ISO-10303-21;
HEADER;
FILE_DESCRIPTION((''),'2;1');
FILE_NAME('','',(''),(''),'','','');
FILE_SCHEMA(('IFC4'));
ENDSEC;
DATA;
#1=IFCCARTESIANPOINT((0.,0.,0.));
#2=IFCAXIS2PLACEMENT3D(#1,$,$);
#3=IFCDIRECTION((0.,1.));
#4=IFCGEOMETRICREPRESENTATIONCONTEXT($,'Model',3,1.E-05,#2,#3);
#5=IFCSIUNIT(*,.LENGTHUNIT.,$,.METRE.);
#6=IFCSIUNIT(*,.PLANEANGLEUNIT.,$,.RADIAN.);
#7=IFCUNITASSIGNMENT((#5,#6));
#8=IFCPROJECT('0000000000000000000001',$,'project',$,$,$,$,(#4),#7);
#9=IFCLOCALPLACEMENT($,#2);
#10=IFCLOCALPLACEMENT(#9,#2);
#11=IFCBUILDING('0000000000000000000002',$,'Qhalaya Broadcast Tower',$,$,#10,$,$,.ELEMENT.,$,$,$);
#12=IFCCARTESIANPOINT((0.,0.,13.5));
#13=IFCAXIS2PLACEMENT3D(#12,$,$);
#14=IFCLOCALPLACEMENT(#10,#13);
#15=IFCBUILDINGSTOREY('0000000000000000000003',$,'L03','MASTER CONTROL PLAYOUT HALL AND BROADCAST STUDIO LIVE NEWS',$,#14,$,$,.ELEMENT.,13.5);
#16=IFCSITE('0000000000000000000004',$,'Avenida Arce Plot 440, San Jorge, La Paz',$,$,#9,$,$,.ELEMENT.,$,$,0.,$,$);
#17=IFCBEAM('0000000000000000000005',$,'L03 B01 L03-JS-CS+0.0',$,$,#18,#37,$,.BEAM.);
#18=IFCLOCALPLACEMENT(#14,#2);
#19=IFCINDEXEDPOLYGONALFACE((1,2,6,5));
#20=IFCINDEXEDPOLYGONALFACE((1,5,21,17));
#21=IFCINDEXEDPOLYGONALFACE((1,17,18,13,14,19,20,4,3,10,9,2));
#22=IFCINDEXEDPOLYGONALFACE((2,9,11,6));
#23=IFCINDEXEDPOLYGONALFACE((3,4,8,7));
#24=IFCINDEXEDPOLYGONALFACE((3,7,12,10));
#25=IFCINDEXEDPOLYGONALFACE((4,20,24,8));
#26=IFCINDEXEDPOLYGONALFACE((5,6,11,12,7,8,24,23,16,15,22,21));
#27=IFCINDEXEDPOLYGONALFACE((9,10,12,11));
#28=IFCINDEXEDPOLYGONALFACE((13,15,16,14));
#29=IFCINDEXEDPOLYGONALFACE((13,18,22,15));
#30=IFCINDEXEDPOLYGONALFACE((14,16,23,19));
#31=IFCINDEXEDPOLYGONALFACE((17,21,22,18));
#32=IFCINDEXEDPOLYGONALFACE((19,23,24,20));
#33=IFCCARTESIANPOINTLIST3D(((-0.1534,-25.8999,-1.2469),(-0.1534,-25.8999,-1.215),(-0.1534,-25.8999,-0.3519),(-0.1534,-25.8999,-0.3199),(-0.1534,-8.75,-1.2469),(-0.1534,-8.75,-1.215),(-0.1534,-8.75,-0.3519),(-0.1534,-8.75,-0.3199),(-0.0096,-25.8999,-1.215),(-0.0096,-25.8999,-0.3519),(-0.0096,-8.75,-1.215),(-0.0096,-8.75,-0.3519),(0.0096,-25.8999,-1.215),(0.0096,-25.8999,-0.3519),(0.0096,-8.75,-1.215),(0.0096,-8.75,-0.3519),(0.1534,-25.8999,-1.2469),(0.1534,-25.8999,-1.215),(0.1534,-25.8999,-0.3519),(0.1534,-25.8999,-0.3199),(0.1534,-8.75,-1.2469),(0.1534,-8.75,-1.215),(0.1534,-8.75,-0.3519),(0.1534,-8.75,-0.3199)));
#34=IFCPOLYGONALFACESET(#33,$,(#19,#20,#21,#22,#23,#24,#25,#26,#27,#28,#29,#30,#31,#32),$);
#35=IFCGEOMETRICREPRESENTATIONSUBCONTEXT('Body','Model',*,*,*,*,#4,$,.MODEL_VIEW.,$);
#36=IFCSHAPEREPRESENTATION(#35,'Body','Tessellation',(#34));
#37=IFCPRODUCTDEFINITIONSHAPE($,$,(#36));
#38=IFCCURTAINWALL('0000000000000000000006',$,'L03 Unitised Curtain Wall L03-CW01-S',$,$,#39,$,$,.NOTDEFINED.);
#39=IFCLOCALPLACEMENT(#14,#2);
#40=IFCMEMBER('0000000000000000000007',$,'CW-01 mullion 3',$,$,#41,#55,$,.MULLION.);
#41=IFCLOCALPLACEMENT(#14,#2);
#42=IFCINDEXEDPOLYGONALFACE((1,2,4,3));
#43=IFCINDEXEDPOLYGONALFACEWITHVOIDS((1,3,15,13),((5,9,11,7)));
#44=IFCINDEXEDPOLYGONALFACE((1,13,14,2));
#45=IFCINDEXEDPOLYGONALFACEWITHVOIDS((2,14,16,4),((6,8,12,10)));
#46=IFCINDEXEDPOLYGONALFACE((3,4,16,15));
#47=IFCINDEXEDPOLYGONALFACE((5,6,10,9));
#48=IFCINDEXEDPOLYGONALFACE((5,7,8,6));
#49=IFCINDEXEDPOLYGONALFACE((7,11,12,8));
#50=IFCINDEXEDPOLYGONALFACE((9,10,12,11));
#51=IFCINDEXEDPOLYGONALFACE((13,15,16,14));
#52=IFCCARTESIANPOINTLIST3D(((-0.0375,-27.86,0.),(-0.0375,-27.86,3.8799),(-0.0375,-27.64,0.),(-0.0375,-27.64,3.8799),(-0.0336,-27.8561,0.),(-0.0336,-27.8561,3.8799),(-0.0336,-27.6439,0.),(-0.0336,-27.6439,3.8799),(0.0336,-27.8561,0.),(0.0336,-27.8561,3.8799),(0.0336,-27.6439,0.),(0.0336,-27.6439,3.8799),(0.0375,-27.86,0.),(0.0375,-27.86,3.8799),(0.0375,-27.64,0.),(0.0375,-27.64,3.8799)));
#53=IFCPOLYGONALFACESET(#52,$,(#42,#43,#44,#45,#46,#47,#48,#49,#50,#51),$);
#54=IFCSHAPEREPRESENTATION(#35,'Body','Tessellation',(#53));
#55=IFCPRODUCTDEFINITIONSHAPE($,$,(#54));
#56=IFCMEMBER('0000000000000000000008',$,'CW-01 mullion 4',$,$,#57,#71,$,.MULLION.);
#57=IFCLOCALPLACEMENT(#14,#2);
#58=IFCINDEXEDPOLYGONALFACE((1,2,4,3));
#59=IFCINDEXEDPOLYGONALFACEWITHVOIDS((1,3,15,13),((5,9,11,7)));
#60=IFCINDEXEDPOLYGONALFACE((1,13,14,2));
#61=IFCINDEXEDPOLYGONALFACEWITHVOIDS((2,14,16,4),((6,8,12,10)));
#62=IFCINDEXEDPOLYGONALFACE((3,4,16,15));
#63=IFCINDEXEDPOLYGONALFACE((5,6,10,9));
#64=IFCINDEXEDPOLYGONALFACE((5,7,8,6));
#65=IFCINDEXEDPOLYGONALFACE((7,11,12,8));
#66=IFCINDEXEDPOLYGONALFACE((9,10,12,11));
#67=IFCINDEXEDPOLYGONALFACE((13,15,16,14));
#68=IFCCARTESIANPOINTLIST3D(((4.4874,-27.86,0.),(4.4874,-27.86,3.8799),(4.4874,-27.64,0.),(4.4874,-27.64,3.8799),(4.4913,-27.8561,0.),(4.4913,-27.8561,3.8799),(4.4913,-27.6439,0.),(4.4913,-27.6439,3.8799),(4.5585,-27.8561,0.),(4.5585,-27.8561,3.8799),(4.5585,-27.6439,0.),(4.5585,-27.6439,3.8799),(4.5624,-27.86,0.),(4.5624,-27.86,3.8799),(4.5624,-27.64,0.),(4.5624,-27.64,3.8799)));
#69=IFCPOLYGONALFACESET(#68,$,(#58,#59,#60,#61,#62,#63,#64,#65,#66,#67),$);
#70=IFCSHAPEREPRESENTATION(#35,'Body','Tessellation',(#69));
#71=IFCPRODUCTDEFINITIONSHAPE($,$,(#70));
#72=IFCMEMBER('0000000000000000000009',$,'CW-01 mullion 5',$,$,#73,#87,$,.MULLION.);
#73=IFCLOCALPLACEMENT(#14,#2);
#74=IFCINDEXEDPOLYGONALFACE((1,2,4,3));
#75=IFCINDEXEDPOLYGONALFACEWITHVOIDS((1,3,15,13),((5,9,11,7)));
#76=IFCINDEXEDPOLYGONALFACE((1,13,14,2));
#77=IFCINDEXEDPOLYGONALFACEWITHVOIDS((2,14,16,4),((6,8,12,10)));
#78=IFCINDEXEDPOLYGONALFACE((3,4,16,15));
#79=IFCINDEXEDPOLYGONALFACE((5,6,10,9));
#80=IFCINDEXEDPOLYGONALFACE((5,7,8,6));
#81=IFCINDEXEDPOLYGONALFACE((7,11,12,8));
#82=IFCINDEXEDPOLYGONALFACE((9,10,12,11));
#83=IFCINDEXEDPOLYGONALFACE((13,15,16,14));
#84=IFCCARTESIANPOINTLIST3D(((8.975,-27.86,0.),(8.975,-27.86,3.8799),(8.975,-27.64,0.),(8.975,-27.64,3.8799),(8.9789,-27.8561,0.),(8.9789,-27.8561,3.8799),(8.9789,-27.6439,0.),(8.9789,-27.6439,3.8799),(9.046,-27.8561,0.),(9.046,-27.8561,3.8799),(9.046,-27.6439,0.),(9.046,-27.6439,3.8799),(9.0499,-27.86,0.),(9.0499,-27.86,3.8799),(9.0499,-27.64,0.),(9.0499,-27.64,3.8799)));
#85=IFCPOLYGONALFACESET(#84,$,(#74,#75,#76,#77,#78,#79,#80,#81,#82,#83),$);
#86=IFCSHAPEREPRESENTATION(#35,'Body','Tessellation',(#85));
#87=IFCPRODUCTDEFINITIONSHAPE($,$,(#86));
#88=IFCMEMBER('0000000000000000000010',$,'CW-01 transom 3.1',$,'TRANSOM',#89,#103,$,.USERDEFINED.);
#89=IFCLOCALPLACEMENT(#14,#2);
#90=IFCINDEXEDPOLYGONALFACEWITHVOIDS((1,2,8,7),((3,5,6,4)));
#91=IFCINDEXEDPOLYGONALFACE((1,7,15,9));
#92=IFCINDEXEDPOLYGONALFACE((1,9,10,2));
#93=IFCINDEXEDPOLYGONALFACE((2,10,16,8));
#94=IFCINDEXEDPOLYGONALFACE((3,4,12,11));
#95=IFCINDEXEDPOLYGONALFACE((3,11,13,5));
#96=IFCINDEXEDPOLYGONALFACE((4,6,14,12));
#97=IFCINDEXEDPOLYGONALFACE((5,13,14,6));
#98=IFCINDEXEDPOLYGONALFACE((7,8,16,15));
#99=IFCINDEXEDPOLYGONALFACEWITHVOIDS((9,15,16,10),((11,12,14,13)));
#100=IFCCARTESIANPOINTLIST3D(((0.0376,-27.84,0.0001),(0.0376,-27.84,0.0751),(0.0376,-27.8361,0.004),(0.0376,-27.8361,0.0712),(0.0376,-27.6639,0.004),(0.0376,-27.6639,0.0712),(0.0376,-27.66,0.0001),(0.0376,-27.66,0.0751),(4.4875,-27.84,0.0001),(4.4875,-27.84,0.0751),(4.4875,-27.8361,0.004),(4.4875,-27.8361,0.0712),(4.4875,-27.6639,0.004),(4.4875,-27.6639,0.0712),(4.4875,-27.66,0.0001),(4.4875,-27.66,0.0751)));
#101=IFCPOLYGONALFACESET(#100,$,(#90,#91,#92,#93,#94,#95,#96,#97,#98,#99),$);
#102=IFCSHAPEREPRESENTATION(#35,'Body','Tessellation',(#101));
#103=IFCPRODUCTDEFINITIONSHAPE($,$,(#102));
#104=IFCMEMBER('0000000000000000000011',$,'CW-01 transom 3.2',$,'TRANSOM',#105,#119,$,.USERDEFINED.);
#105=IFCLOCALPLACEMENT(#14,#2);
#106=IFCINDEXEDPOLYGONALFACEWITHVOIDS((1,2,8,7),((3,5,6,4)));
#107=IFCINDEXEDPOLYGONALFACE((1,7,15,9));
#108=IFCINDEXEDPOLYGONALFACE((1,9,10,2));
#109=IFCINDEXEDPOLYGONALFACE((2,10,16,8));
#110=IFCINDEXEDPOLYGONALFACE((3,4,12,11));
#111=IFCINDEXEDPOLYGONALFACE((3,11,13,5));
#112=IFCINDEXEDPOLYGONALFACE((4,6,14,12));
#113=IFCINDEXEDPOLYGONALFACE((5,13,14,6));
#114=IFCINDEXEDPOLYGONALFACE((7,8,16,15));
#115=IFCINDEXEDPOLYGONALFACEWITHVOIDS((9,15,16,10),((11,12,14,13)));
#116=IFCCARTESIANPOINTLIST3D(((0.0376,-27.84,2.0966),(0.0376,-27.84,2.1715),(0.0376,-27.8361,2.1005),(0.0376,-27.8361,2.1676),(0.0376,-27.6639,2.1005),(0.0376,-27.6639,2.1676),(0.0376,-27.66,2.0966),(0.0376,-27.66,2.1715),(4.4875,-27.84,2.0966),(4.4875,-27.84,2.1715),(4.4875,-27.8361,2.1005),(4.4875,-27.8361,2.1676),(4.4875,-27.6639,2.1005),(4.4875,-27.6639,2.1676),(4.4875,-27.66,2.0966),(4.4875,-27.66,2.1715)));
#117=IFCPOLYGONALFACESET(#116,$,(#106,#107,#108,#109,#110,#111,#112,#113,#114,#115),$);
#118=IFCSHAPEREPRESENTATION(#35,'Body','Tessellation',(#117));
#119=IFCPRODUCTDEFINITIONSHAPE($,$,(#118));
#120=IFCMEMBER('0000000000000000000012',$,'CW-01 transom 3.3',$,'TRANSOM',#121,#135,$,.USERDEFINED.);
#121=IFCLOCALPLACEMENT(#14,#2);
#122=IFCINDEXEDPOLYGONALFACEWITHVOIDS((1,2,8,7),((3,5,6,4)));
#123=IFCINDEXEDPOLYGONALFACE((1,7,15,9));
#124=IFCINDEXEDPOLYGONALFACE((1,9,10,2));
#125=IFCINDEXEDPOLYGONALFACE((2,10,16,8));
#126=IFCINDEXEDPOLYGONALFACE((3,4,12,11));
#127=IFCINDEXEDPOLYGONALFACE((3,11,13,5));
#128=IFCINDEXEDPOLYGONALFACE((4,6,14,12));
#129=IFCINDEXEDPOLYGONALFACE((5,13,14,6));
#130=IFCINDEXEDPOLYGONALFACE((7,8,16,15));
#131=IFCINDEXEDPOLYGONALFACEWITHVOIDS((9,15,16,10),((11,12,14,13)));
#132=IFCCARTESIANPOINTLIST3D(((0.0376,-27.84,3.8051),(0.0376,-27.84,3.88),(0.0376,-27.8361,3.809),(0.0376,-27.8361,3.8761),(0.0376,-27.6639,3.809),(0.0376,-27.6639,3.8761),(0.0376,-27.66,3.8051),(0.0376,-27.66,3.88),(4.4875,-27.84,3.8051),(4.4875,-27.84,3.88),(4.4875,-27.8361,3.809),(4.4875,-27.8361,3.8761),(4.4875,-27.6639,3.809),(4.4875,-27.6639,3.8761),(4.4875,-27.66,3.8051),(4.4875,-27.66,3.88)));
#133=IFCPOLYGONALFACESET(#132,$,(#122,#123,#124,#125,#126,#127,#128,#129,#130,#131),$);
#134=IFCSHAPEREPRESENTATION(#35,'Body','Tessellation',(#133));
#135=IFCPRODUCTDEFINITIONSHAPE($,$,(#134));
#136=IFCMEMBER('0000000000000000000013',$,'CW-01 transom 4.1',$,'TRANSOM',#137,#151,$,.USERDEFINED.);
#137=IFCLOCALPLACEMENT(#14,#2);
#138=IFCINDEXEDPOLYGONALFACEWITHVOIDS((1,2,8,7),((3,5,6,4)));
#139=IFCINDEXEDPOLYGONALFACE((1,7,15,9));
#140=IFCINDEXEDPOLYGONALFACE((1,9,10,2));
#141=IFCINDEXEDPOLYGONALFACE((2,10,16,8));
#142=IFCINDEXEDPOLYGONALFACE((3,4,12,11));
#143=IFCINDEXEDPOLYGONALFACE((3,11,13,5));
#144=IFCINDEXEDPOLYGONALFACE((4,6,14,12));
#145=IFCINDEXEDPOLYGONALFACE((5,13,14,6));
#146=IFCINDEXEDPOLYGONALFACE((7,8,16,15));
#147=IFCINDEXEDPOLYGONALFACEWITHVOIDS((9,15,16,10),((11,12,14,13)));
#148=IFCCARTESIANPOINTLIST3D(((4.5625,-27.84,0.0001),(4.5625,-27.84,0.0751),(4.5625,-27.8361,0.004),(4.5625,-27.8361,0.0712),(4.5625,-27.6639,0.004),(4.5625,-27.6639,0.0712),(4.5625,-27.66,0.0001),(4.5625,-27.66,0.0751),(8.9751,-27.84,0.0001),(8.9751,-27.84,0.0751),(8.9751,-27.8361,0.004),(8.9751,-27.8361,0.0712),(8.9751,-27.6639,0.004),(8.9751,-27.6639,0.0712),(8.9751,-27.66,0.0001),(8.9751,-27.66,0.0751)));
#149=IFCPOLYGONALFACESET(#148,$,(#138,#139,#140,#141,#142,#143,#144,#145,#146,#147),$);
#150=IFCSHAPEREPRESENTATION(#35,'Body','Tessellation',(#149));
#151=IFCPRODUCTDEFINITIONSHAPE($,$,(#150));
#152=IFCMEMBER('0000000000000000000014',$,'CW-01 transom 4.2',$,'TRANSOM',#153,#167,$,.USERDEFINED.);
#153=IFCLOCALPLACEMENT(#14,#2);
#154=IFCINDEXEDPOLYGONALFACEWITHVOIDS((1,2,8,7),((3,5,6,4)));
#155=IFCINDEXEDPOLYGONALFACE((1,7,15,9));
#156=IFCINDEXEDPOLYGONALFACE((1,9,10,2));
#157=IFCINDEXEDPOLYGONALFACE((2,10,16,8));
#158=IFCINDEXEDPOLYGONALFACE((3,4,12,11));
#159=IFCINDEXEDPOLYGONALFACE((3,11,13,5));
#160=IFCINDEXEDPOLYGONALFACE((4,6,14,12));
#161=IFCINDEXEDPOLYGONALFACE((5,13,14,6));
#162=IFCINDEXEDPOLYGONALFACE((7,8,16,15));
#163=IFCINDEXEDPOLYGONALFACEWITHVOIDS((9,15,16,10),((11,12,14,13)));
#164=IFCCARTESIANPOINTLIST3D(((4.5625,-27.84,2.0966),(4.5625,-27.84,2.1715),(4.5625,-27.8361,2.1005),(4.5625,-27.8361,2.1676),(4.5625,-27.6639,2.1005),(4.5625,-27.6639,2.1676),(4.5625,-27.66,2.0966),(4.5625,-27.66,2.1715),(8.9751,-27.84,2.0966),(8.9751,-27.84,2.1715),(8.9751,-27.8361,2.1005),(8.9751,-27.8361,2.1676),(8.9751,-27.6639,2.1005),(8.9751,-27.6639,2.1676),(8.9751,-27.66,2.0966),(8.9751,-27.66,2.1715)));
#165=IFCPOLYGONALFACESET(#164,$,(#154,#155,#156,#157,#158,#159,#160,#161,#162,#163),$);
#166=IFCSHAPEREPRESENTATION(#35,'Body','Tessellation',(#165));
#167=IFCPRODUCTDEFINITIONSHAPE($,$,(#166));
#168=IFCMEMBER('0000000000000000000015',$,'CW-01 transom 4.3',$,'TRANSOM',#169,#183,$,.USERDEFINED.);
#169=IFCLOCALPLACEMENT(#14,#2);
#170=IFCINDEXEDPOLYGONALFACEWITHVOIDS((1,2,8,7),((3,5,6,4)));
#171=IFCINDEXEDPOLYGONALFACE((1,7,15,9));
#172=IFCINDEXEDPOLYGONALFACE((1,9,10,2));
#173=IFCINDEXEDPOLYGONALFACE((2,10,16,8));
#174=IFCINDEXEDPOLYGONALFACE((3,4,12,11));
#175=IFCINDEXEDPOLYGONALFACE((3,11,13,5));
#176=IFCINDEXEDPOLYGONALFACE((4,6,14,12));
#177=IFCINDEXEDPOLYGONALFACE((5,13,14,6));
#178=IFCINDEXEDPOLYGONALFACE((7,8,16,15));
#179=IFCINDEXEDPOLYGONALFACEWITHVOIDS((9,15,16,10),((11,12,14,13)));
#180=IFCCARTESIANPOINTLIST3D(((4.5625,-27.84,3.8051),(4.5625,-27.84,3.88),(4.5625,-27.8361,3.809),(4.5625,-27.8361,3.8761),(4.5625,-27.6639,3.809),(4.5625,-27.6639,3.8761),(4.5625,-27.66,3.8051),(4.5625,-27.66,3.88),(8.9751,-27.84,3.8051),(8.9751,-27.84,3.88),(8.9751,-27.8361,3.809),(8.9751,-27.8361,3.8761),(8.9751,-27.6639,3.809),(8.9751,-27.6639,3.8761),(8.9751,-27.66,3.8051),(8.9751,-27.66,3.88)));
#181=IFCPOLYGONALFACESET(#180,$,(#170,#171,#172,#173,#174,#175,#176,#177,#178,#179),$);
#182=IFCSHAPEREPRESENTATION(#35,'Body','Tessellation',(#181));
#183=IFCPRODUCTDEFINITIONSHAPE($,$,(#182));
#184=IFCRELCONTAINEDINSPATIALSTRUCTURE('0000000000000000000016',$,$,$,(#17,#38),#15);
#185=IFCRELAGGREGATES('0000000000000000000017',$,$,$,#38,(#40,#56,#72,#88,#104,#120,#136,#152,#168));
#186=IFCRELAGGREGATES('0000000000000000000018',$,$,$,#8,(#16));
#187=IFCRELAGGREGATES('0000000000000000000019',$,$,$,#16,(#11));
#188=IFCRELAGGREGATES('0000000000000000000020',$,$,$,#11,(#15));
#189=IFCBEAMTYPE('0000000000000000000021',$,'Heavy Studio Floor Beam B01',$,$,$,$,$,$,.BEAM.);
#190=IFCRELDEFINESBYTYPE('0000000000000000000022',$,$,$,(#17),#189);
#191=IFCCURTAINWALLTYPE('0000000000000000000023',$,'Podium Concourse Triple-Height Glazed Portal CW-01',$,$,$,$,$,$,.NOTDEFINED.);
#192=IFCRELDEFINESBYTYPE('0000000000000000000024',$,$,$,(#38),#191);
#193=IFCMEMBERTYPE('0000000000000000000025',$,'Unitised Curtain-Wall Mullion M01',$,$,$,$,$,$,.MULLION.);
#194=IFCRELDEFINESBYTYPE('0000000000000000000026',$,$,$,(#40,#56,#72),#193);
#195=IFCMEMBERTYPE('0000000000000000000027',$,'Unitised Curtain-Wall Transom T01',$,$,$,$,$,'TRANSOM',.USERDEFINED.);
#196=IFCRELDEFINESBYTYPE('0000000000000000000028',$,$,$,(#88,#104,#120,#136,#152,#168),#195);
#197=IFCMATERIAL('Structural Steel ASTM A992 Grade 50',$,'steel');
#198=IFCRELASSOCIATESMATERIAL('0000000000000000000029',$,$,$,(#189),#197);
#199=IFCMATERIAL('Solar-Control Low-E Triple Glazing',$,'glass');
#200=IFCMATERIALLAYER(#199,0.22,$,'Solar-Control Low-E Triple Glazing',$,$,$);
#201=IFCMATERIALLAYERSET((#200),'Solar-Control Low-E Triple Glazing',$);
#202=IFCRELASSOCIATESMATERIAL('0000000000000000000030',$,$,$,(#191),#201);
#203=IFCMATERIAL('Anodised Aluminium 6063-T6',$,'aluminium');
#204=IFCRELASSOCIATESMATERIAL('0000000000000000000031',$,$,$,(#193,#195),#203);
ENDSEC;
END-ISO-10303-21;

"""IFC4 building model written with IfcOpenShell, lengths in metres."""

from ifc_helpers import new_model, si_unit, direction, frame, origin, origin_2d, place, context, subcontext, project, spatial, hollow_rectangle, i_section, extrude, material, layer, layer_set, material_profile, profile_set, type_object, element, aggregate, save


model = new_model("IFC4")

# Units and contexts
model_context = context("Model", 3, precision=1e-05, world=origin(), true_north=direction((0.0, 1.0)))
body_context = subcontext(model_context, "Body", "Model", "MODEL_VIEW")
ifc_project = project(units=[si_unit("LENGTHUNIT", "METRE"), si_unit("PLANEANGLEUNIT", "RADIAN")], contexts=[model_context])

# Site, building, storey
site_placement = place(None, origin())
site = spatial("IfcSite", under=ifc_project, at=site_placement, Name="Avenida Arce Plot 440, San Jorge, La Paz", CompositionType="ELEMENT", RefElevation=0.0)
building_placement = place(site_placement, origin())
building = spatial("IfcBuilding", under=site, at=building_placement, Name="Qhalaya Broadcast Tower", CompositionType="ELEMENT")
storey_placement = place(building_placement, frame((0.0, 0.0, 13.5)))
storey = spatial("IfcBuildingStorey", under=building, at=storey_placement, Name="L03", Description="MASTER CONTROL PLAYOUT HALL AND BROADCAST STUDIO LIVE NEWS", CompositionType="ELEMENT", Elevation=13.5)

# Beam
ifc_material_1 = material(Name="Structural Steel ASTM A992 Grade 50", Category="steel")
ifc_material_profile_1 = material_profile(ifc_material_1, i_section(OverallWidth=0.3069, OverallDepth=0.927, WebThickness=0.0193, FlangeThickness=0.032, at=origin_2d()), Name="W36X194")
ifc_profile_set_1 = profile_set([ifc_material_profile_1], Name="Structural Steel ASTM A992 Grade 50")
beam_type = type_object("IfcBeamType", Name="Heavy Studio Floor Beam B01", PredefinedType="BEAM", material=ifc_profile_set_1)
beam_placement = place(storey_placement, frame((0.0, -25.8999, -0.7834), z_axis=(0.0, 1.0, 0.0), x_axis=(-1.0, 0.0, 0.0)))
element("IfcBeam", 1, at=beam_placement, inside=storey, type_object=beam_type, Name="L03 B01 L03-JS-CS+0.0", PredefinedType="BEAM", context=body_context, shape_type="SweptSolid", body=[
    extrude(i_section(OverallWidth=0.3069, OverallDepth=0.927, WebThickness=0.0193, FlangeThickness=0.032, at=origin_2d()), origin(), (0.0, 0.0, 1.0), 17.1499),
])

# Curtain wall, members
ifc_material_2 = material(Name="Solar-Control Low-E Triple Glazing", Category="glass")
ifc_layer_1 = layer(ifc_material_2, 0.22, Name="Solar-Control Low-E Triple Glazing")
ifc_layer_set_1 = layer_set([ifc_layer_1], Name="Solar-Control Low-E Triple Glazing")
curtain_wall_type = type_object("IfcCurtainWallType", Name="Podium Concourse Triple-Height Glazed Portal CW-01", PredefinedType="NOTDEFINED", material=ifc_layer_set_1)
curtain_wall_placement = place(storey_placement, origin())
curtain_wall = element("IfcCurtainWall", 2, at=curtain_wall_placement, inside=storey, type_object=curtain_wall_type, Name="L03 Unitised Curtain Wall L03-CW01-S", PredefinedType="NOTDEFINED")
ifc_material_3 = material(Name="Anodised Aluminium 6063-T6", Category="aluminium")
ifc_material_profile_2 = material_profile(ifc_material_3, hollow_rectangle(XDim=0.075, YDim=0.22, WallThickness=0.0039, at=origin_2d()), Name="ALU-MUL 75x220x4")
ifc_profile_set_2 = profile_set([ifc_material_profile_2], Name="Anodised Aluminium 6063-T6")
member_type_1 = type_object("IfcMemberType", Name="Unitised Curtain-Wall Mullion M01", PredefinedType="MULLION", material=ifc_profile_set_2)
member_1_placement = place(storey_placement, frame((0.0, -27.75, 0.0), z_axis=(0.0, 0.0, 1.0), x_axis=(1.0, 0.0, 0.0)))
member_1 = element("IfcMember", 3, at=member_1_placement, type_object=member_type_1, Name="CW-01 mullion 3", PredefinedType="MULLION", context=body_context, shape_type="SweptSolid", body=[
    extrude(hollow_rectangle(XDim=0.075, YDim=0.22, WallThickness=0.0039, at=origin_2d()), origin(), (0.0, 0.0, 1.0), 3.8799),
])
member_2_placement = place(storey_placement, frame((4.5249, -27.75, 0.0), z_axis=(0.0, 0.0, 1.0), x_axis=(1.0, 0.0, 0.0)))
member_2 = element("IfcMember", 4, at=member_2_placement, type_object=member_type_1, Name="CW-01 mullion 4", PredefinedType="MULLION", context=body_context, shape_type="SweptSolid", body=[
    extrude(hollow_rectangle(XDim=0.075, YDim=0.22, WallThickness=0.0039, at=origin_2d()), origin(), (0.0, 0.0, 1.0), 3.8799),
])
member_3_placement = place(storey_placement, frame((9.0125, -27.75, 0.0), z_axis=(0.0, 0.0, 1.0), x_axis=(1.0, 0.0, 0.0)))
member_3 = element("IfcMember", 5, at=member_3_placement, type_object=member_type_1, Name="CW-01 mullion 5", PredefinedType="MULLION", context=body_context, shape_type="SweptSolid", body=[
    extrude(hollow_rectangle(XDim=0.075, YDim=0.22, WallThickness=0.0039, at=origin_2d()), origin(), (0.0, 0.0, 1.0), 3.8799),
])
ifc_material_profile_3 = material_profile(ifc_material_3, hollow_rectangle(XDim=0.075, YDim=0.1799, WallThickness=0.0039, at=origin_2d()), Name="ALU-TRN 75x180x4")
ifc_profile_set_3 = profile_set([ifc_material_profile_3], Name="Anodised Aluminium 6063-T6")
member_type_2 = type_object("IfcMemberType", Name="Unitised Curtain-Wall Transom T01", ElementType="TRANSOM", PredefinedType="USERDEFINED", material=ifc_profile_set_3)
member_4_placement = place(storey_placement, frame((0.0376, -27.75, 0.0376), z_axis=(1.0, 0.0, 0.0), x_axis=(0.0, 0.0, 1.0)))
member_4 = element("IfcMember", 6, at=member_4_placement, type_object=member_type_2, Name="CW-01 transom 3.1", ObjectType="TRANSOM", PredefinedType="USERDEFINED", context=body_context, shape_type="SweptSolid", body=[
    extrude(hollow_rectangle(XDim=0.075, YDim=0.1799, WallThickness=0.0039, at=origin_2d()), origin(), (0.0, 0.0, 1.0), 4.45),
])
member_5_placement = place(storey_placement, frame((0.0376, -27.75, 2.134), z_axis=(1.0, 0.0, 0.0), x_axis=(0.0, 0.0, 1.0)))
member_5 = element("IfcMember", 7, at=member_5_placement, type_object=member_type_2, Name="CW-01 transom 3.2", ObjectType="TRANSOM", PredefinedType="USERDEFINED", context=body_context, shape_type="SweptSolid", body=[
    extrude(hollow_rectangle(XDim=0.075, YDim=0.1799, WallThickness=0.0039, at=origin_2d()), origin(), (0.0, 0.0, 1.0), 4.45),
])
member_6_placement = place(storey_placement, frame((0.0376, -27.75, 3.8425), z_axis=(1.0, 0.0, 0.0), x_axis=(0.0, 0.0, 1.0)))
member_6 = element("IfcMember", 8, at=member_6_placement, type_object=member_type_2, Name="CW-01 transom 3.3", ObjectType="TRANSOM", PredefinedType="USERDEFINED", context=body_context, shape_type="SweptSolid", body=[
    extrude(hollow_rectangle(XDim=0.075, YDim=0.1799, WallThickness=0.0039, at=origin_2d()), origin(), (0.0, 0.0, 1.0), 4.45),
])
member_7_placement = place(storey_placement, frame((4.5625, -27.75, 0.0376), z_axis=(1.0, 0.0, 0.0), x_axis=(0.0, 0.0, 1.0)))
member_7 = element("IfcMember", 9, at=member_7_placement, type_object=member_type_2, Name="CW-01 transom 4.1", ObjectType="TRANSOM", PredefinedType="USERDEFINED", context=body_context, shape_type="SweptSolid", body=[
    extrude(hollow_rectangle(XDim=0.075, YDim=0.1799, WallThickness=0.0039, at=origin_2d()), origin(), (0.0, 0.0, 1.0), 4.4126),
])
member_8_placement = place(storey_placement, frame((4.5625, -27.75, 2.134), z_axis=(1.0, 0.0, 0.0), x_axis=(0.0, 0.0, 1.0)))
member_8 = element("IfcMember", 10, at=member_8_placement, type_object=member_type_2, Name="CW-01 transom 4.2", ObjectType="TRANSOM", PredefinedType="USERDEFINED", context=body_context, shape_type="SweptSolid", body=[
    extrude(hollow_rectangle(XDim=0.075, YDim=0.1799, WallThickness=0.0039, at=origin_2d()), origin(), (0.0, 0.0, 1.0), 4.4126),
])
member_9_placement = place(storey_placement, frame((4.5625, -27.75, 3.8425), z_axis=(1.0, 0.0, 0.0), x_axis=(0.0, 0.0, 1.0)))
member_9 = element("IfcMember", 11, at=member_9_placement, type_object=member_type_2, Name="CW-01 transom 4.3", ObjectType="TRANSOM", PredefinedType="USERDEFINED", context=body_context, shape_type="SweptSolid", body=[
    extrude(hollow_rectangle(XDim=0.075, YDim=0.1799, WallThickness=0.0039, at=origin_2d()), origin(), (0.0, 0.0, 1.0), 4.4126),
])
aggregate(curtain_wall, [member_1, member_2, member_3, member_4, member_5, member_6, member_7, member_8, member_9])

save(model, "model.ifc")
